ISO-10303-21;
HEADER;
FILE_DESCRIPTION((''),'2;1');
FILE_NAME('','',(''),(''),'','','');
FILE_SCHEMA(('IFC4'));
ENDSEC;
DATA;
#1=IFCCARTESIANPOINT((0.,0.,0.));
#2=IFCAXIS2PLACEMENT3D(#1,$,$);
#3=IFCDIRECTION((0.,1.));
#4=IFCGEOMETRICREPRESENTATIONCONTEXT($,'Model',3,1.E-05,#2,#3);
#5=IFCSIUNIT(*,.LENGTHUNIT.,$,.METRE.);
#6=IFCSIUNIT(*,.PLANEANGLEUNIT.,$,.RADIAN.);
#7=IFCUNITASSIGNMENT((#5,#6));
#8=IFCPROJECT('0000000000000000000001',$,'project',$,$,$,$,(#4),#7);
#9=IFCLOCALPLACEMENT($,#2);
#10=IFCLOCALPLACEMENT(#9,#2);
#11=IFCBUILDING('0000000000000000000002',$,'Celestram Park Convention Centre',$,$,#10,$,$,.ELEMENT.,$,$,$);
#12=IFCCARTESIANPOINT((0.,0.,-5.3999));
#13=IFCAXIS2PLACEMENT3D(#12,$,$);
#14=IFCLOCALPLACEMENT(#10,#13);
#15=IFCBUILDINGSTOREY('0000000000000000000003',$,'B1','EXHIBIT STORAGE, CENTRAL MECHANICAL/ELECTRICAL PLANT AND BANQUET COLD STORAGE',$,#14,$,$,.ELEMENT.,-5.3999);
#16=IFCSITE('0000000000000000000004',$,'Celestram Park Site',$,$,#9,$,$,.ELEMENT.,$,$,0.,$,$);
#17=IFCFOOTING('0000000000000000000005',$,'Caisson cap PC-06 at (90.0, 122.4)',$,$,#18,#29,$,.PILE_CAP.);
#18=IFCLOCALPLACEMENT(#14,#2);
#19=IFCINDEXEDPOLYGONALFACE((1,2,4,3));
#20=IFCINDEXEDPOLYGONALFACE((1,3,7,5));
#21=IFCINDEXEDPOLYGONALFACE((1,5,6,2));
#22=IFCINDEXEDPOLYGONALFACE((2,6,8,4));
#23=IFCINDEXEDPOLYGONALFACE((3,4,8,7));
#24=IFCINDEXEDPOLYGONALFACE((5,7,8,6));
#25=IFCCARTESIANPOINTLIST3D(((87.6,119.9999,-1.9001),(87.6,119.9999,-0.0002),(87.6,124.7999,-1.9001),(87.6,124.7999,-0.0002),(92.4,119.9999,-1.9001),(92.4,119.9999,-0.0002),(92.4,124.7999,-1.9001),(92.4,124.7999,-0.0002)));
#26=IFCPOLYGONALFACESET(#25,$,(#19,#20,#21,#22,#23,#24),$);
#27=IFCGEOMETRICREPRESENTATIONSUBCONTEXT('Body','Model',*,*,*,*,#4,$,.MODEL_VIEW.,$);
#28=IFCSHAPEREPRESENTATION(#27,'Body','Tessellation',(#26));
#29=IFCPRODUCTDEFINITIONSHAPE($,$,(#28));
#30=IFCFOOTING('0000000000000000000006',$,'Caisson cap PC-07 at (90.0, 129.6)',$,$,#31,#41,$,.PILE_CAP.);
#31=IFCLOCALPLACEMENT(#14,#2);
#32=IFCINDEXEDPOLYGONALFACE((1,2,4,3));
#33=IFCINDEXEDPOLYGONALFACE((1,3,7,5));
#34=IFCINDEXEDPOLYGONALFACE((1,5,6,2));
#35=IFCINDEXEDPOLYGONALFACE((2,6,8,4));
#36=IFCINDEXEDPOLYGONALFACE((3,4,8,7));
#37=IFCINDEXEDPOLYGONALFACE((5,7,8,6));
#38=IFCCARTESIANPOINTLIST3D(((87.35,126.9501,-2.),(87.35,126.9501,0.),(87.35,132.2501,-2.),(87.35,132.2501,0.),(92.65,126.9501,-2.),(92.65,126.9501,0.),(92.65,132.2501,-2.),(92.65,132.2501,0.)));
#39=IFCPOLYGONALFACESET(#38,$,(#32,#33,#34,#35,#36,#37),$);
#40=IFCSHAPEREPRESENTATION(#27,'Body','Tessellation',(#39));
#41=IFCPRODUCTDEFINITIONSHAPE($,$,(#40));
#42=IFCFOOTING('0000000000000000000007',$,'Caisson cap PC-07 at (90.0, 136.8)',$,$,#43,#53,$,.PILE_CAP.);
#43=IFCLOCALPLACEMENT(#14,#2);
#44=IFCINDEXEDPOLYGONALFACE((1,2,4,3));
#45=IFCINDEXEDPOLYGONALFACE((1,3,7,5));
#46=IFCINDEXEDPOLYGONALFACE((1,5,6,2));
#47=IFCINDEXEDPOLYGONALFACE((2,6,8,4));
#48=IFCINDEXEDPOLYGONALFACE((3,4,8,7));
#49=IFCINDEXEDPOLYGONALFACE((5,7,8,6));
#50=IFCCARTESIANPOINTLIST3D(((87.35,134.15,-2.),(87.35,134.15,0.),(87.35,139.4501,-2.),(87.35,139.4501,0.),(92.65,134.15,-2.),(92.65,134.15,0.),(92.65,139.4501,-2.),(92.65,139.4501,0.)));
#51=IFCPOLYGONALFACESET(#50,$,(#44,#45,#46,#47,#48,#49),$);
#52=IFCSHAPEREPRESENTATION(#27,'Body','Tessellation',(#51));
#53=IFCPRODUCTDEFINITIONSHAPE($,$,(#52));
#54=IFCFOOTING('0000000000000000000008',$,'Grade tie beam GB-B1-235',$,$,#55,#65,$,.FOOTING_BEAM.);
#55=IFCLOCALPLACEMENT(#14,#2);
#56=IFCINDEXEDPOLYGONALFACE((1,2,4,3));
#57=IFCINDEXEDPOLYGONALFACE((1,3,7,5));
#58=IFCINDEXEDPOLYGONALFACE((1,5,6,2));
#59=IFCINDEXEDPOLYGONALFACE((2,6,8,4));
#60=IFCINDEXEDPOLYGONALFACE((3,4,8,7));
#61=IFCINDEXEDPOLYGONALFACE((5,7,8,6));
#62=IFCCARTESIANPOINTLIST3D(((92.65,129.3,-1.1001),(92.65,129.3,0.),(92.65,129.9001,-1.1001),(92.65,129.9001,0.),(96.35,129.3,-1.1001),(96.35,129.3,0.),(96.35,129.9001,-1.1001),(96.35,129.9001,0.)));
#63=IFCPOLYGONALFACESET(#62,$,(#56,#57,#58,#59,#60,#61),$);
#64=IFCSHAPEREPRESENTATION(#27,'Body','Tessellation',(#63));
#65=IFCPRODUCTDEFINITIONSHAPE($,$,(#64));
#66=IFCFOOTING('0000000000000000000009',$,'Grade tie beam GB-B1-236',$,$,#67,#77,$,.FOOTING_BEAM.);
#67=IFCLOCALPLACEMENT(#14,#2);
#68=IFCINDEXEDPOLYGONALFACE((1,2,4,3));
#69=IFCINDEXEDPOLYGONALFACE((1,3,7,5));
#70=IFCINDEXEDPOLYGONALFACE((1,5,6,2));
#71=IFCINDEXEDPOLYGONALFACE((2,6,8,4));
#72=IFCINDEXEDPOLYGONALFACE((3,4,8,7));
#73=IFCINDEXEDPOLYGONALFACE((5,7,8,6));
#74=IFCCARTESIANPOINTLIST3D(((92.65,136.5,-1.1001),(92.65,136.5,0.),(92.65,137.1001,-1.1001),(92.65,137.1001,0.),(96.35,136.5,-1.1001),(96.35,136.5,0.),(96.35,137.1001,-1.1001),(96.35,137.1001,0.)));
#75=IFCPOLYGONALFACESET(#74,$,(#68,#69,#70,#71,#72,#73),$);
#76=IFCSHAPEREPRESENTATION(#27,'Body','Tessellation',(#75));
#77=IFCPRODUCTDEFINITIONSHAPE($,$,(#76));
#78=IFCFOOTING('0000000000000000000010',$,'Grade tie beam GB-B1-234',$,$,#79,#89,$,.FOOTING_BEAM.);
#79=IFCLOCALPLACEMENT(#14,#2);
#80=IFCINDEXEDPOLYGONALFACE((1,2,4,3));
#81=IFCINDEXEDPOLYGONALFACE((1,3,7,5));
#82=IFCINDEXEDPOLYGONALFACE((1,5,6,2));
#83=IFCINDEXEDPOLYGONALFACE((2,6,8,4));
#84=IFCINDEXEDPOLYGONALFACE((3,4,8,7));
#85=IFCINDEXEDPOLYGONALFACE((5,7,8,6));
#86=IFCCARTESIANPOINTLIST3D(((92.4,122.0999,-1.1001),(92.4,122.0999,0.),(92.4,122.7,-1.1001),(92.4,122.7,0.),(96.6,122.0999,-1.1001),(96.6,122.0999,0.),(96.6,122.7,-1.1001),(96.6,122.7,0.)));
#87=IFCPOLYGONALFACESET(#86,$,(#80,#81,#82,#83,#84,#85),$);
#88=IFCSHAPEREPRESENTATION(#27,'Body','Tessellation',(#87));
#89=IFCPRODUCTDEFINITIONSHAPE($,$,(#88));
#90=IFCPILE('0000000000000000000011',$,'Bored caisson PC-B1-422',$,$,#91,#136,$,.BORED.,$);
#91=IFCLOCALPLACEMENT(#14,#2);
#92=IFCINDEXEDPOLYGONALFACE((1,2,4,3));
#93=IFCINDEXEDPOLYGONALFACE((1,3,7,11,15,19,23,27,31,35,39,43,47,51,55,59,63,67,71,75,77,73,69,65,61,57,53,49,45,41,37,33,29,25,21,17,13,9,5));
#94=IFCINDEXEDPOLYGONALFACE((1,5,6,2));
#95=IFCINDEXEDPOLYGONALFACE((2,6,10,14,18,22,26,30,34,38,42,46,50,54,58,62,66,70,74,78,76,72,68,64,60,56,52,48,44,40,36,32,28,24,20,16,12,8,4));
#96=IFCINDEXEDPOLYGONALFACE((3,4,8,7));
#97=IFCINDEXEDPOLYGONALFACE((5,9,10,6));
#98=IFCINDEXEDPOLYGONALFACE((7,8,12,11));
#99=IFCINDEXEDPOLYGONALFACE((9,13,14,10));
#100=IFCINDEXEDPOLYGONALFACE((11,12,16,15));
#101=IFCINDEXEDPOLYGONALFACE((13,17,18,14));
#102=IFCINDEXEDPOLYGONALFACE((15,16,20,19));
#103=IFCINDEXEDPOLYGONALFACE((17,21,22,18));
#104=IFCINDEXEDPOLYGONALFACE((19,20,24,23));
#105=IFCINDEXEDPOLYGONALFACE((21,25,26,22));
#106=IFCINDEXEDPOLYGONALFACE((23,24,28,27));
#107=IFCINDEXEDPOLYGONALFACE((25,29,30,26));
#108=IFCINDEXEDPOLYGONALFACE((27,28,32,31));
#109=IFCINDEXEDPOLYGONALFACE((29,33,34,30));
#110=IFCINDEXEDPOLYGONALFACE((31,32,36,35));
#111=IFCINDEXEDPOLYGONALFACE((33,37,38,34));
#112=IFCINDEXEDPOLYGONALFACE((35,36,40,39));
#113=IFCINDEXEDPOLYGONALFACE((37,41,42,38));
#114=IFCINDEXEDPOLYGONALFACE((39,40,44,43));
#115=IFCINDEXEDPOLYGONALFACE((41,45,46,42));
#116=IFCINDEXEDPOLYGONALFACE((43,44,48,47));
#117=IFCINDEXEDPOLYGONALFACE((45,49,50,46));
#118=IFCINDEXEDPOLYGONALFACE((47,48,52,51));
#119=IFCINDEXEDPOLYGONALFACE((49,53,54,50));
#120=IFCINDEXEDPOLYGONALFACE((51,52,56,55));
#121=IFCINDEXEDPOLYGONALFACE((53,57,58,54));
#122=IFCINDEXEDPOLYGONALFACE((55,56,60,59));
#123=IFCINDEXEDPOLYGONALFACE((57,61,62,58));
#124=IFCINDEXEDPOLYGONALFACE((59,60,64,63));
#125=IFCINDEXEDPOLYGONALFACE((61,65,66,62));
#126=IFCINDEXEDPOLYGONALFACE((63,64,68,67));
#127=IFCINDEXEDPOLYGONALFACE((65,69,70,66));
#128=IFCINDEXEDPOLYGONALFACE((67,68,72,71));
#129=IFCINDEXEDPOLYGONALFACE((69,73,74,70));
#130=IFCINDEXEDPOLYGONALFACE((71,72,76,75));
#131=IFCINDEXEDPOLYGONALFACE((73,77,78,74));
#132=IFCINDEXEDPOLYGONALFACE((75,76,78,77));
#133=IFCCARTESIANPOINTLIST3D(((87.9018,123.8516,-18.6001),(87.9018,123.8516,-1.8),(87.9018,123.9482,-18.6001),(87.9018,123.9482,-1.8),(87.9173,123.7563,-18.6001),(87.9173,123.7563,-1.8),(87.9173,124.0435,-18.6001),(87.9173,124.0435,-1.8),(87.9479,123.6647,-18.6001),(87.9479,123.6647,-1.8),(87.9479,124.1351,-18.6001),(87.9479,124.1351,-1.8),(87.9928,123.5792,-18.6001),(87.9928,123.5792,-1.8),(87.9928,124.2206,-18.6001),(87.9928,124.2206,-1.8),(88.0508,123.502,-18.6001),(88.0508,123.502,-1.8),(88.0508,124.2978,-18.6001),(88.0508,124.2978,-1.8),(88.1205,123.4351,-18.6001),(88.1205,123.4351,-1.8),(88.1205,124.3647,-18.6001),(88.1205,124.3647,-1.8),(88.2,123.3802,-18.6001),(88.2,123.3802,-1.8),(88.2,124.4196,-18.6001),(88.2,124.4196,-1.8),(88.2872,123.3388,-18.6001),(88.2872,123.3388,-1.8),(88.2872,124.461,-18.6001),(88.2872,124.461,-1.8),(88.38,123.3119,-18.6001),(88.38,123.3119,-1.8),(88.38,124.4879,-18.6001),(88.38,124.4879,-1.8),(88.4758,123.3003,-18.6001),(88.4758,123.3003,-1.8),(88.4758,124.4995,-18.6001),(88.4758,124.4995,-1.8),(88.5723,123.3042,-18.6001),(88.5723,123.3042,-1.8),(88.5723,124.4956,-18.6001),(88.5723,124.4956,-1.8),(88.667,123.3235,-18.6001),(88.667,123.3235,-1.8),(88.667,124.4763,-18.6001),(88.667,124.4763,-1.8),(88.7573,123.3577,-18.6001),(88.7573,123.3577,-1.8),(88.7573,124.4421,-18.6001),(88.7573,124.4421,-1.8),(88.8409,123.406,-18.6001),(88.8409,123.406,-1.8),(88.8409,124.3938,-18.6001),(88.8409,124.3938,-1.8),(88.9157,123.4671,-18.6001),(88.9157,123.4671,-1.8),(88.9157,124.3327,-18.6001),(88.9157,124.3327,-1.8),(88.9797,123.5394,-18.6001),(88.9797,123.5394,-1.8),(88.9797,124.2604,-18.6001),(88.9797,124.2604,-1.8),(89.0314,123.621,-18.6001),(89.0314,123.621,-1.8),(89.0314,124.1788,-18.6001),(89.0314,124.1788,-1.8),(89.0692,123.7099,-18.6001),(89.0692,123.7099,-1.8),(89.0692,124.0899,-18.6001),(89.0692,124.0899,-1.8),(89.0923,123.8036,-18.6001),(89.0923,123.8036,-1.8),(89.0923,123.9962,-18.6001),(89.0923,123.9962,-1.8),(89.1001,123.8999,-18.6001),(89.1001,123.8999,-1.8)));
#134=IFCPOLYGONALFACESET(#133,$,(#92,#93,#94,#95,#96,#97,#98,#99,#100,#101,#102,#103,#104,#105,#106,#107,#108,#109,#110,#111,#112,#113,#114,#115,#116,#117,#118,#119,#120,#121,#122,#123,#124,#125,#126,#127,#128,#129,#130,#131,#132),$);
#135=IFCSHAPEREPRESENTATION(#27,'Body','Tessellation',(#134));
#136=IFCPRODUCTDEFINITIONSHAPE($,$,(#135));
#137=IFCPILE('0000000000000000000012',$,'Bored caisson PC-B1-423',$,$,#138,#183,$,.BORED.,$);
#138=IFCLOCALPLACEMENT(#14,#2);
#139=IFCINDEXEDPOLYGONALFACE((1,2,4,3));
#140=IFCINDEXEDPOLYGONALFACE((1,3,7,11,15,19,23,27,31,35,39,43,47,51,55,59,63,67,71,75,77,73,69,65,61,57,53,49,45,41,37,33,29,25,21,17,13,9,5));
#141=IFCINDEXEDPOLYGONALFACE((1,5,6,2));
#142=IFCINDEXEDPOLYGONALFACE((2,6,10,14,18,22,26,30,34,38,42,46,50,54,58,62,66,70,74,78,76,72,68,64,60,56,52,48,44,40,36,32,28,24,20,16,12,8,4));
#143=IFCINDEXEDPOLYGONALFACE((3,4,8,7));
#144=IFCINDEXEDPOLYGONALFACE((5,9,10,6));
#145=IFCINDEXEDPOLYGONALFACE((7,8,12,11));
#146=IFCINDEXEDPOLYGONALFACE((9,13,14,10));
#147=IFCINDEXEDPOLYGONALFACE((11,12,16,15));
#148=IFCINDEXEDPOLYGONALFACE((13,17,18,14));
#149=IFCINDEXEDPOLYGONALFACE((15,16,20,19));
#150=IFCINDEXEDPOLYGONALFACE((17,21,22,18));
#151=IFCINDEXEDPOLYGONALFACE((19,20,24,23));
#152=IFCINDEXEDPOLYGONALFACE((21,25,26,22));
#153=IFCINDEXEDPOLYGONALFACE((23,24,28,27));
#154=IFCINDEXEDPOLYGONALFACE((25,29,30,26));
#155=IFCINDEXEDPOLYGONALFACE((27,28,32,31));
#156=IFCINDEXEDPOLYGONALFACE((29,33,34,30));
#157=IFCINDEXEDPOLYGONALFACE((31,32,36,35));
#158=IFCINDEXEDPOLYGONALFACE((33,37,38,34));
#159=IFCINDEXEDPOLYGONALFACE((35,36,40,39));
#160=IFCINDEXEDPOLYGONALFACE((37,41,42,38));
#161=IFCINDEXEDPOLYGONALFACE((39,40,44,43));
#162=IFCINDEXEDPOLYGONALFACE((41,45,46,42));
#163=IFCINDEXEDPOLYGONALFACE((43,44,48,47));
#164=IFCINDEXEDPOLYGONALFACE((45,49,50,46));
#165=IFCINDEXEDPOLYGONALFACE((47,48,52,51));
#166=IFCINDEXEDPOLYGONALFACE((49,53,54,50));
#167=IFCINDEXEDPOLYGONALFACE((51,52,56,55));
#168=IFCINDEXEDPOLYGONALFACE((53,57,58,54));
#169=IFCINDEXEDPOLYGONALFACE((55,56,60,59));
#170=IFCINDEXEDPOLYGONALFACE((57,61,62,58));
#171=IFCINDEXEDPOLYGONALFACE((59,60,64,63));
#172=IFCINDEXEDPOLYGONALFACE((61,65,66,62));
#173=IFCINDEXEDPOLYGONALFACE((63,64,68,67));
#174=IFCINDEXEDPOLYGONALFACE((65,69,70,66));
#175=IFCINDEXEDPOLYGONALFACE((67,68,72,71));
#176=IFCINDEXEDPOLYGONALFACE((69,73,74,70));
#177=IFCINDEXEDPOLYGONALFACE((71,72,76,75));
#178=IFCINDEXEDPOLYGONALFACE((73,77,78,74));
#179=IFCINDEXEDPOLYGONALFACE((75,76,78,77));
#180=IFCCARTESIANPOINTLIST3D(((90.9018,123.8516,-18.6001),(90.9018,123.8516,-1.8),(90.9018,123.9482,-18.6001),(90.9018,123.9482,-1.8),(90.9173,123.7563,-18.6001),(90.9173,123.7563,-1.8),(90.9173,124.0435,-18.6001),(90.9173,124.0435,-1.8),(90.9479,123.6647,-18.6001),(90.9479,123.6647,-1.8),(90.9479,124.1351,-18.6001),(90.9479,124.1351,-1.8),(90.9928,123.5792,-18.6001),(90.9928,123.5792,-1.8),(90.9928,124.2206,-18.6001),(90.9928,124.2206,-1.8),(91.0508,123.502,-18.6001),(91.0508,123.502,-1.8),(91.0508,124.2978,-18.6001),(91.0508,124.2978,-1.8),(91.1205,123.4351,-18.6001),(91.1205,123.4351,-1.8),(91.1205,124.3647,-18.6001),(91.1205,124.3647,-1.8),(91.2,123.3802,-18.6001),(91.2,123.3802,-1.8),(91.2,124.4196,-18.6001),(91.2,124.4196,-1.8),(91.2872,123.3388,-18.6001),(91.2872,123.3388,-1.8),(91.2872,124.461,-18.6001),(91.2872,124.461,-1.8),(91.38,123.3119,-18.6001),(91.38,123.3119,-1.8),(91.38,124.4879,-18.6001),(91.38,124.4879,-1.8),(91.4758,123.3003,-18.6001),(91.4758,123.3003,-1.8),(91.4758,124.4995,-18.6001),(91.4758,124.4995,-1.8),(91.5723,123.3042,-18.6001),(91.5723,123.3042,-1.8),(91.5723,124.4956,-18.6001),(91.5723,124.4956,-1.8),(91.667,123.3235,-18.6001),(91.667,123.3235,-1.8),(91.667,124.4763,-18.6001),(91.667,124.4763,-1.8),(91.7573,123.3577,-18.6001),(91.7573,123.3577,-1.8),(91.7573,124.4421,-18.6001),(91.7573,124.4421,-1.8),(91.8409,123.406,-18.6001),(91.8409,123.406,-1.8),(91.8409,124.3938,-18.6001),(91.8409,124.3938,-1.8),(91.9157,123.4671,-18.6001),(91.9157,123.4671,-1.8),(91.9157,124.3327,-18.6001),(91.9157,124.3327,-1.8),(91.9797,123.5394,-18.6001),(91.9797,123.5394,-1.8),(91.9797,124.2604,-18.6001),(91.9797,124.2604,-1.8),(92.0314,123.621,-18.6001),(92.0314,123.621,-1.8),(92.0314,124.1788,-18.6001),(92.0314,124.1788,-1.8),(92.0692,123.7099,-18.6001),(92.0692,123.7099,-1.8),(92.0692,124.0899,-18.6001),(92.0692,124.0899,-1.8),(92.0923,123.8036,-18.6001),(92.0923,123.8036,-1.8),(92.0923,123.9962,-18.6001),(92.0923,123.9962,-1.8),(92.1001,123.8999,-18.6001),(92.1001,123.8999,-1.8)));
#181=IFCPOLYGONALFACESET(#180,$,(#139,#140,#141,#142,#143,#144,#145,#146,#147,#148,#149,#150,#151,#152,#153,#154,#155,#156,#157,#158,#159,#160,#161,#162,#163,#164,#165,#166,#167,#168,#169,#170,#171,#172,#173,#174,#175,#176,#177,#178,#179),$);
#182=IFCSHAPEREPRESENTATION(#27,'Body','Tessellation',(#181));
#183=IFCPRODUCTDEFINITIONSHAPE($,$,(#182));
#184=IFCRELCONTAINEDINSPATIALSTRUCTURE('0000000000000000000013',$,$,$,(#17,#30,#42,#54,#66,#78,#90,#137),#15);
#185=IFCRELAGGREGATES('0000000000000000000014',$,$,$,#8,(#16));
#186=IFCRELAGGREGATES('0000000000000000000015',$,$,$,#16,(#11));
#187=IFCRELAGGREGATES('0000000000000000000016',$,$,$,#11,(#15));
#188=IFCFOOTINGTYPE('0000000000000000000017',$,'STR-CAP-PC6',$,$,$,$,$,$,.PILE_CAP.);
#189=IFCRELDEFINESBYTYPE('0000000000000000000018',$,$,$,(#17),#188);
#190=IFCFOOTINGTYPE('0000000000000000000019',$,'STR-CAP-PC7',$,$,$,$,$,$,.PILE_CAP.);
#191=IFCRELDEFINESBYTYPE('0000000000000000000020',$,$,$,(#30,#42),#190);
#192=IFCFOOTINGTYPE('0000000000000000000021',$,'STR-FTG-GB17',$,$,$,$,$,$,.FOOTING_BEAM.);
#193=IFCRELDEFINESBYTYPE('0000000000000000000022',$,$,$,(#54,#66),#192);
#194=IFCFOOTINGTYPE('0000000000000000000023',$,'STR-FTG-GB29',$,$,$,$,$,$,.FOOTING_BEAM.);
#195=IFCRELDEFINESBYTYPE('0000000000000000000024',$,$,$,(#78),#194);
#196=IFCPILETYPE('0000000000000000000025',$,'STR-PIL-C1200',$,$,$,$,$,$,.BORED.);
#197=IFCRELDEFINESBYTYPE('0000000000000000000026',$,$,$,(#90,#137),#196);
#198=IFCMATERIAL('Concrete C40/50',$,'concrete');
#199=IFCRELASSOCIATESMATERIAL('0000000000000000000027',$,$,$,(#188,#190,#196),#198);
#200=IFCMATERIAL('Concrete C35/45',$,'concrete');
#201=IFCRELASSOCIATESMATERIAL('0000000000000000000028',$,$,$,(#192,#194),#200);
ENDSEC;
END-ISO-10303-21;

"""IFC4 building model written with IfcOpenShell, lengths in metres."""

from ifc_helpers import new_model, si_unit, direction, frame, origin, origin_2d, place, context, subcontext, project, spatial, rectangle, circle, extrude, material, material_profile, profile_set, type_object, element, save


model = new_model("IFC4")

# Units and contexts
model_context = context("Model", 3, precision=1e-05, world=origin(), true_north=direction((0.0, 1.0)))
body_context = subcontext(model_context, "Body", "Model", "MODEL_VIEW")
ifc_project = project(units=[si_unit("LENGTHUNIT", "METRE"), si_unit("PLANEANGLEUNIT", "RADIAN")], contexts=[model_context])

# Site, building, storey
site_placement = place(None, origin())
site = spatial("IfcSite", under=ifc_project, at=site_placement, Name="Celestram Park Site", CompositionType="ELEMENT", RefElevation=0.0)
building_placement = place(site_placement, origin())
building = spatial("IfcBuilding", under=site, at=building_placement, Name="Celestram Park Convention Centre", CompositionType="ELEMENT")
storey_placement = place(building_placement, frame((0.0, 0.0, -5.3999)))
storey = spatial("IfcBuildingStorey", under=building, at=storey_placement, Name="B1", Description="EXHIBIT STORAGE, CENTRAL MECHANICAL/ELECTRICAL PLANT AND BANQUET COLD STORAGE", CompositionType="ELEMENT", Elevation=-5.3999)

# Footings
ifc_material_1 = material(Name="Concrete C40/50", Category="concrete")
footing_type_1 = type_object("IfcFootingType", Name="STR-CAP-PC6", PredefinedType="PILE_CAP", material=ifc_material_1)
footing_1_placement = place(storey_placement, frame((90.0, 122.3999, -1.9001), z_axis=(0.0, 0.0, 1.0), x_axis=(1.0, 0.0, 0.0)))
element("IfcFooting", 1, at=footing_1_placement, inside=storey, type_object=footing_type_1, Name="Caisson cap PC-06 at (90.0, 122.4)", PredefinedType="PILE_CAP", context=body_context, shape_type="SweptSolid", body=[
    extrude(rectangle(XDim=4.8, YDim=4.8, at=origin_2d()), origin(), (0.0, 0.0, 1.0), 1.8999),
])
footing_type_2 = type_object("IfcFootingType", Name="STR-CAP-PC7", PredefinedType="PILE_CAP", material=ifc_material_1)
for number, where, z_axis, x_axis, name in (
    (2, (90.0, 129.6001, -2.0), (0.0, 0.0, 1.0), (1.0, 0.0, 0.0), "Caisson cap PC-07 at (90.0, 129.6)"),
    (3, (90.0, 136.8, -2.0), (0.0, 0.0, 1.0), (1.0, 0.0, 0.0), "Caisson cap PC-07 at (90.0, 136.8)"),
):
    element("IfcFooting", number, at=place(storey_placement, frame(where, z_axis=z_axis, x_axis=x_axis)), inside=storey, type_object=footing_type_2, Name=name, PredefinedType="PILE_CAP", context=body_context, shape_type="SweptSolid", body=[
        extrude(rectangle(XDim=5.3, YDim=5.3, at=origin_2d()), origin(), (0.0, 0.0, 1.0), 2.0),
    ])
ifc_material_2 = material(Name="Concrete C35/45", Category="concrete")
footing_type_3 = type_object("IfcFootingType", Name="STR-FTG-GB17", PredefinedType="FOOTING_BEAM", material=ifc_material_2)
for number, where, z_axis, x_axis, name in (
    (4, (94.5, 129.6001, -1.1001), (0.0, 0.0, 1.0), (1.0, 0.0, 0.0), "Grade tie beam GB-B1-235"),
    (5, (94.5, 136.8, -1.1001), (0.0, 0.0, 1.0), (1.0, 0.0, 0.0), "Grade tie beam GB-B1-236"),
):
    element("IfcFooting", number, at=place(storey_placement, frame(where, z_axis=z_axis, x_axis=x_axis)), inside=storey, type_object=footing_type_3, Name=name, PredefinedType="FOOTING_BEAM", context=body_context, shape_type="SweptSolid", body=[
        extrude(rectangle(XDim=3.7, YDim=0.6001, at=origin_2d()), origin(), (0.0, 0.0, 1.0), 1.1001),
    ])
footing_type_4 = type_object("IfcFootingType", Name="STR-FTG-GB29", PredefinedType="FOOTING_BEAM", material=ifc_material_2)
footing_2_placement = place(storey_placement, frame((94.5, 122.3999, -1.1001), z_axis=(0.0, 0.0, 1.0), x_axis=(1.0, 0.0, 0.0)))
element("IfcFooting", 6, at=footing_2_placement, inside=storey, type_object=footing_type_4, Name="Grade tie beam GB-B1-234", PredefinedType="FOOTING_BEAM", context=body_context, shape_type="SweptSolid", body=[
    extrude(rectangle(XDim=4.2, YDim=0.6001, at=origin_2d()), origin(), (0.0, 0.0, 1.0), 1.1001),
])

# Piles
ifc_material_profile_1 = material_profile(ifc_material_1, circle(Radius=0.6001, at=origin_2d()), Name="CAISSON1200")
ifc_profile_set_1 = profile_set([ifc_material_profile_1], Name="Concrete C40/50")
pile_type_1 = type_object("IfcPileType", Name="STR-PIL-C1200", PredefinedType="BORED", material=ifc_profile_set_1)
for number, where, z_axis, x_axis, name in (
    (7, (88.5, 123.8999, -1.8), (0.0, 0.0, -1.0), (1.0, 0.0, 0.0), "Bored caisson PC-B1-422"),
    (8, (91.5, 123.8999, -1.8), (0.0, 0.0, -1.0), (1.0, 0.0, 0.0), "Bored caisson PC-B1-423"),
):
    element("IfcPile", number, at=place(storey_placement, frame(where, z_axis=z_axis, x_axis=x_axis)), inside=storey, type_object=pile_type_1, Name=name, PredefinedType="BORED", context=body_context, shape_type="SweptSolid", body=[
        extrude(circle(Radius=0.6001, at=origin_2d()), origin(), (0.0, 0.0, 1.0), 16.8),
    ])

save(model, "model.ifc")
